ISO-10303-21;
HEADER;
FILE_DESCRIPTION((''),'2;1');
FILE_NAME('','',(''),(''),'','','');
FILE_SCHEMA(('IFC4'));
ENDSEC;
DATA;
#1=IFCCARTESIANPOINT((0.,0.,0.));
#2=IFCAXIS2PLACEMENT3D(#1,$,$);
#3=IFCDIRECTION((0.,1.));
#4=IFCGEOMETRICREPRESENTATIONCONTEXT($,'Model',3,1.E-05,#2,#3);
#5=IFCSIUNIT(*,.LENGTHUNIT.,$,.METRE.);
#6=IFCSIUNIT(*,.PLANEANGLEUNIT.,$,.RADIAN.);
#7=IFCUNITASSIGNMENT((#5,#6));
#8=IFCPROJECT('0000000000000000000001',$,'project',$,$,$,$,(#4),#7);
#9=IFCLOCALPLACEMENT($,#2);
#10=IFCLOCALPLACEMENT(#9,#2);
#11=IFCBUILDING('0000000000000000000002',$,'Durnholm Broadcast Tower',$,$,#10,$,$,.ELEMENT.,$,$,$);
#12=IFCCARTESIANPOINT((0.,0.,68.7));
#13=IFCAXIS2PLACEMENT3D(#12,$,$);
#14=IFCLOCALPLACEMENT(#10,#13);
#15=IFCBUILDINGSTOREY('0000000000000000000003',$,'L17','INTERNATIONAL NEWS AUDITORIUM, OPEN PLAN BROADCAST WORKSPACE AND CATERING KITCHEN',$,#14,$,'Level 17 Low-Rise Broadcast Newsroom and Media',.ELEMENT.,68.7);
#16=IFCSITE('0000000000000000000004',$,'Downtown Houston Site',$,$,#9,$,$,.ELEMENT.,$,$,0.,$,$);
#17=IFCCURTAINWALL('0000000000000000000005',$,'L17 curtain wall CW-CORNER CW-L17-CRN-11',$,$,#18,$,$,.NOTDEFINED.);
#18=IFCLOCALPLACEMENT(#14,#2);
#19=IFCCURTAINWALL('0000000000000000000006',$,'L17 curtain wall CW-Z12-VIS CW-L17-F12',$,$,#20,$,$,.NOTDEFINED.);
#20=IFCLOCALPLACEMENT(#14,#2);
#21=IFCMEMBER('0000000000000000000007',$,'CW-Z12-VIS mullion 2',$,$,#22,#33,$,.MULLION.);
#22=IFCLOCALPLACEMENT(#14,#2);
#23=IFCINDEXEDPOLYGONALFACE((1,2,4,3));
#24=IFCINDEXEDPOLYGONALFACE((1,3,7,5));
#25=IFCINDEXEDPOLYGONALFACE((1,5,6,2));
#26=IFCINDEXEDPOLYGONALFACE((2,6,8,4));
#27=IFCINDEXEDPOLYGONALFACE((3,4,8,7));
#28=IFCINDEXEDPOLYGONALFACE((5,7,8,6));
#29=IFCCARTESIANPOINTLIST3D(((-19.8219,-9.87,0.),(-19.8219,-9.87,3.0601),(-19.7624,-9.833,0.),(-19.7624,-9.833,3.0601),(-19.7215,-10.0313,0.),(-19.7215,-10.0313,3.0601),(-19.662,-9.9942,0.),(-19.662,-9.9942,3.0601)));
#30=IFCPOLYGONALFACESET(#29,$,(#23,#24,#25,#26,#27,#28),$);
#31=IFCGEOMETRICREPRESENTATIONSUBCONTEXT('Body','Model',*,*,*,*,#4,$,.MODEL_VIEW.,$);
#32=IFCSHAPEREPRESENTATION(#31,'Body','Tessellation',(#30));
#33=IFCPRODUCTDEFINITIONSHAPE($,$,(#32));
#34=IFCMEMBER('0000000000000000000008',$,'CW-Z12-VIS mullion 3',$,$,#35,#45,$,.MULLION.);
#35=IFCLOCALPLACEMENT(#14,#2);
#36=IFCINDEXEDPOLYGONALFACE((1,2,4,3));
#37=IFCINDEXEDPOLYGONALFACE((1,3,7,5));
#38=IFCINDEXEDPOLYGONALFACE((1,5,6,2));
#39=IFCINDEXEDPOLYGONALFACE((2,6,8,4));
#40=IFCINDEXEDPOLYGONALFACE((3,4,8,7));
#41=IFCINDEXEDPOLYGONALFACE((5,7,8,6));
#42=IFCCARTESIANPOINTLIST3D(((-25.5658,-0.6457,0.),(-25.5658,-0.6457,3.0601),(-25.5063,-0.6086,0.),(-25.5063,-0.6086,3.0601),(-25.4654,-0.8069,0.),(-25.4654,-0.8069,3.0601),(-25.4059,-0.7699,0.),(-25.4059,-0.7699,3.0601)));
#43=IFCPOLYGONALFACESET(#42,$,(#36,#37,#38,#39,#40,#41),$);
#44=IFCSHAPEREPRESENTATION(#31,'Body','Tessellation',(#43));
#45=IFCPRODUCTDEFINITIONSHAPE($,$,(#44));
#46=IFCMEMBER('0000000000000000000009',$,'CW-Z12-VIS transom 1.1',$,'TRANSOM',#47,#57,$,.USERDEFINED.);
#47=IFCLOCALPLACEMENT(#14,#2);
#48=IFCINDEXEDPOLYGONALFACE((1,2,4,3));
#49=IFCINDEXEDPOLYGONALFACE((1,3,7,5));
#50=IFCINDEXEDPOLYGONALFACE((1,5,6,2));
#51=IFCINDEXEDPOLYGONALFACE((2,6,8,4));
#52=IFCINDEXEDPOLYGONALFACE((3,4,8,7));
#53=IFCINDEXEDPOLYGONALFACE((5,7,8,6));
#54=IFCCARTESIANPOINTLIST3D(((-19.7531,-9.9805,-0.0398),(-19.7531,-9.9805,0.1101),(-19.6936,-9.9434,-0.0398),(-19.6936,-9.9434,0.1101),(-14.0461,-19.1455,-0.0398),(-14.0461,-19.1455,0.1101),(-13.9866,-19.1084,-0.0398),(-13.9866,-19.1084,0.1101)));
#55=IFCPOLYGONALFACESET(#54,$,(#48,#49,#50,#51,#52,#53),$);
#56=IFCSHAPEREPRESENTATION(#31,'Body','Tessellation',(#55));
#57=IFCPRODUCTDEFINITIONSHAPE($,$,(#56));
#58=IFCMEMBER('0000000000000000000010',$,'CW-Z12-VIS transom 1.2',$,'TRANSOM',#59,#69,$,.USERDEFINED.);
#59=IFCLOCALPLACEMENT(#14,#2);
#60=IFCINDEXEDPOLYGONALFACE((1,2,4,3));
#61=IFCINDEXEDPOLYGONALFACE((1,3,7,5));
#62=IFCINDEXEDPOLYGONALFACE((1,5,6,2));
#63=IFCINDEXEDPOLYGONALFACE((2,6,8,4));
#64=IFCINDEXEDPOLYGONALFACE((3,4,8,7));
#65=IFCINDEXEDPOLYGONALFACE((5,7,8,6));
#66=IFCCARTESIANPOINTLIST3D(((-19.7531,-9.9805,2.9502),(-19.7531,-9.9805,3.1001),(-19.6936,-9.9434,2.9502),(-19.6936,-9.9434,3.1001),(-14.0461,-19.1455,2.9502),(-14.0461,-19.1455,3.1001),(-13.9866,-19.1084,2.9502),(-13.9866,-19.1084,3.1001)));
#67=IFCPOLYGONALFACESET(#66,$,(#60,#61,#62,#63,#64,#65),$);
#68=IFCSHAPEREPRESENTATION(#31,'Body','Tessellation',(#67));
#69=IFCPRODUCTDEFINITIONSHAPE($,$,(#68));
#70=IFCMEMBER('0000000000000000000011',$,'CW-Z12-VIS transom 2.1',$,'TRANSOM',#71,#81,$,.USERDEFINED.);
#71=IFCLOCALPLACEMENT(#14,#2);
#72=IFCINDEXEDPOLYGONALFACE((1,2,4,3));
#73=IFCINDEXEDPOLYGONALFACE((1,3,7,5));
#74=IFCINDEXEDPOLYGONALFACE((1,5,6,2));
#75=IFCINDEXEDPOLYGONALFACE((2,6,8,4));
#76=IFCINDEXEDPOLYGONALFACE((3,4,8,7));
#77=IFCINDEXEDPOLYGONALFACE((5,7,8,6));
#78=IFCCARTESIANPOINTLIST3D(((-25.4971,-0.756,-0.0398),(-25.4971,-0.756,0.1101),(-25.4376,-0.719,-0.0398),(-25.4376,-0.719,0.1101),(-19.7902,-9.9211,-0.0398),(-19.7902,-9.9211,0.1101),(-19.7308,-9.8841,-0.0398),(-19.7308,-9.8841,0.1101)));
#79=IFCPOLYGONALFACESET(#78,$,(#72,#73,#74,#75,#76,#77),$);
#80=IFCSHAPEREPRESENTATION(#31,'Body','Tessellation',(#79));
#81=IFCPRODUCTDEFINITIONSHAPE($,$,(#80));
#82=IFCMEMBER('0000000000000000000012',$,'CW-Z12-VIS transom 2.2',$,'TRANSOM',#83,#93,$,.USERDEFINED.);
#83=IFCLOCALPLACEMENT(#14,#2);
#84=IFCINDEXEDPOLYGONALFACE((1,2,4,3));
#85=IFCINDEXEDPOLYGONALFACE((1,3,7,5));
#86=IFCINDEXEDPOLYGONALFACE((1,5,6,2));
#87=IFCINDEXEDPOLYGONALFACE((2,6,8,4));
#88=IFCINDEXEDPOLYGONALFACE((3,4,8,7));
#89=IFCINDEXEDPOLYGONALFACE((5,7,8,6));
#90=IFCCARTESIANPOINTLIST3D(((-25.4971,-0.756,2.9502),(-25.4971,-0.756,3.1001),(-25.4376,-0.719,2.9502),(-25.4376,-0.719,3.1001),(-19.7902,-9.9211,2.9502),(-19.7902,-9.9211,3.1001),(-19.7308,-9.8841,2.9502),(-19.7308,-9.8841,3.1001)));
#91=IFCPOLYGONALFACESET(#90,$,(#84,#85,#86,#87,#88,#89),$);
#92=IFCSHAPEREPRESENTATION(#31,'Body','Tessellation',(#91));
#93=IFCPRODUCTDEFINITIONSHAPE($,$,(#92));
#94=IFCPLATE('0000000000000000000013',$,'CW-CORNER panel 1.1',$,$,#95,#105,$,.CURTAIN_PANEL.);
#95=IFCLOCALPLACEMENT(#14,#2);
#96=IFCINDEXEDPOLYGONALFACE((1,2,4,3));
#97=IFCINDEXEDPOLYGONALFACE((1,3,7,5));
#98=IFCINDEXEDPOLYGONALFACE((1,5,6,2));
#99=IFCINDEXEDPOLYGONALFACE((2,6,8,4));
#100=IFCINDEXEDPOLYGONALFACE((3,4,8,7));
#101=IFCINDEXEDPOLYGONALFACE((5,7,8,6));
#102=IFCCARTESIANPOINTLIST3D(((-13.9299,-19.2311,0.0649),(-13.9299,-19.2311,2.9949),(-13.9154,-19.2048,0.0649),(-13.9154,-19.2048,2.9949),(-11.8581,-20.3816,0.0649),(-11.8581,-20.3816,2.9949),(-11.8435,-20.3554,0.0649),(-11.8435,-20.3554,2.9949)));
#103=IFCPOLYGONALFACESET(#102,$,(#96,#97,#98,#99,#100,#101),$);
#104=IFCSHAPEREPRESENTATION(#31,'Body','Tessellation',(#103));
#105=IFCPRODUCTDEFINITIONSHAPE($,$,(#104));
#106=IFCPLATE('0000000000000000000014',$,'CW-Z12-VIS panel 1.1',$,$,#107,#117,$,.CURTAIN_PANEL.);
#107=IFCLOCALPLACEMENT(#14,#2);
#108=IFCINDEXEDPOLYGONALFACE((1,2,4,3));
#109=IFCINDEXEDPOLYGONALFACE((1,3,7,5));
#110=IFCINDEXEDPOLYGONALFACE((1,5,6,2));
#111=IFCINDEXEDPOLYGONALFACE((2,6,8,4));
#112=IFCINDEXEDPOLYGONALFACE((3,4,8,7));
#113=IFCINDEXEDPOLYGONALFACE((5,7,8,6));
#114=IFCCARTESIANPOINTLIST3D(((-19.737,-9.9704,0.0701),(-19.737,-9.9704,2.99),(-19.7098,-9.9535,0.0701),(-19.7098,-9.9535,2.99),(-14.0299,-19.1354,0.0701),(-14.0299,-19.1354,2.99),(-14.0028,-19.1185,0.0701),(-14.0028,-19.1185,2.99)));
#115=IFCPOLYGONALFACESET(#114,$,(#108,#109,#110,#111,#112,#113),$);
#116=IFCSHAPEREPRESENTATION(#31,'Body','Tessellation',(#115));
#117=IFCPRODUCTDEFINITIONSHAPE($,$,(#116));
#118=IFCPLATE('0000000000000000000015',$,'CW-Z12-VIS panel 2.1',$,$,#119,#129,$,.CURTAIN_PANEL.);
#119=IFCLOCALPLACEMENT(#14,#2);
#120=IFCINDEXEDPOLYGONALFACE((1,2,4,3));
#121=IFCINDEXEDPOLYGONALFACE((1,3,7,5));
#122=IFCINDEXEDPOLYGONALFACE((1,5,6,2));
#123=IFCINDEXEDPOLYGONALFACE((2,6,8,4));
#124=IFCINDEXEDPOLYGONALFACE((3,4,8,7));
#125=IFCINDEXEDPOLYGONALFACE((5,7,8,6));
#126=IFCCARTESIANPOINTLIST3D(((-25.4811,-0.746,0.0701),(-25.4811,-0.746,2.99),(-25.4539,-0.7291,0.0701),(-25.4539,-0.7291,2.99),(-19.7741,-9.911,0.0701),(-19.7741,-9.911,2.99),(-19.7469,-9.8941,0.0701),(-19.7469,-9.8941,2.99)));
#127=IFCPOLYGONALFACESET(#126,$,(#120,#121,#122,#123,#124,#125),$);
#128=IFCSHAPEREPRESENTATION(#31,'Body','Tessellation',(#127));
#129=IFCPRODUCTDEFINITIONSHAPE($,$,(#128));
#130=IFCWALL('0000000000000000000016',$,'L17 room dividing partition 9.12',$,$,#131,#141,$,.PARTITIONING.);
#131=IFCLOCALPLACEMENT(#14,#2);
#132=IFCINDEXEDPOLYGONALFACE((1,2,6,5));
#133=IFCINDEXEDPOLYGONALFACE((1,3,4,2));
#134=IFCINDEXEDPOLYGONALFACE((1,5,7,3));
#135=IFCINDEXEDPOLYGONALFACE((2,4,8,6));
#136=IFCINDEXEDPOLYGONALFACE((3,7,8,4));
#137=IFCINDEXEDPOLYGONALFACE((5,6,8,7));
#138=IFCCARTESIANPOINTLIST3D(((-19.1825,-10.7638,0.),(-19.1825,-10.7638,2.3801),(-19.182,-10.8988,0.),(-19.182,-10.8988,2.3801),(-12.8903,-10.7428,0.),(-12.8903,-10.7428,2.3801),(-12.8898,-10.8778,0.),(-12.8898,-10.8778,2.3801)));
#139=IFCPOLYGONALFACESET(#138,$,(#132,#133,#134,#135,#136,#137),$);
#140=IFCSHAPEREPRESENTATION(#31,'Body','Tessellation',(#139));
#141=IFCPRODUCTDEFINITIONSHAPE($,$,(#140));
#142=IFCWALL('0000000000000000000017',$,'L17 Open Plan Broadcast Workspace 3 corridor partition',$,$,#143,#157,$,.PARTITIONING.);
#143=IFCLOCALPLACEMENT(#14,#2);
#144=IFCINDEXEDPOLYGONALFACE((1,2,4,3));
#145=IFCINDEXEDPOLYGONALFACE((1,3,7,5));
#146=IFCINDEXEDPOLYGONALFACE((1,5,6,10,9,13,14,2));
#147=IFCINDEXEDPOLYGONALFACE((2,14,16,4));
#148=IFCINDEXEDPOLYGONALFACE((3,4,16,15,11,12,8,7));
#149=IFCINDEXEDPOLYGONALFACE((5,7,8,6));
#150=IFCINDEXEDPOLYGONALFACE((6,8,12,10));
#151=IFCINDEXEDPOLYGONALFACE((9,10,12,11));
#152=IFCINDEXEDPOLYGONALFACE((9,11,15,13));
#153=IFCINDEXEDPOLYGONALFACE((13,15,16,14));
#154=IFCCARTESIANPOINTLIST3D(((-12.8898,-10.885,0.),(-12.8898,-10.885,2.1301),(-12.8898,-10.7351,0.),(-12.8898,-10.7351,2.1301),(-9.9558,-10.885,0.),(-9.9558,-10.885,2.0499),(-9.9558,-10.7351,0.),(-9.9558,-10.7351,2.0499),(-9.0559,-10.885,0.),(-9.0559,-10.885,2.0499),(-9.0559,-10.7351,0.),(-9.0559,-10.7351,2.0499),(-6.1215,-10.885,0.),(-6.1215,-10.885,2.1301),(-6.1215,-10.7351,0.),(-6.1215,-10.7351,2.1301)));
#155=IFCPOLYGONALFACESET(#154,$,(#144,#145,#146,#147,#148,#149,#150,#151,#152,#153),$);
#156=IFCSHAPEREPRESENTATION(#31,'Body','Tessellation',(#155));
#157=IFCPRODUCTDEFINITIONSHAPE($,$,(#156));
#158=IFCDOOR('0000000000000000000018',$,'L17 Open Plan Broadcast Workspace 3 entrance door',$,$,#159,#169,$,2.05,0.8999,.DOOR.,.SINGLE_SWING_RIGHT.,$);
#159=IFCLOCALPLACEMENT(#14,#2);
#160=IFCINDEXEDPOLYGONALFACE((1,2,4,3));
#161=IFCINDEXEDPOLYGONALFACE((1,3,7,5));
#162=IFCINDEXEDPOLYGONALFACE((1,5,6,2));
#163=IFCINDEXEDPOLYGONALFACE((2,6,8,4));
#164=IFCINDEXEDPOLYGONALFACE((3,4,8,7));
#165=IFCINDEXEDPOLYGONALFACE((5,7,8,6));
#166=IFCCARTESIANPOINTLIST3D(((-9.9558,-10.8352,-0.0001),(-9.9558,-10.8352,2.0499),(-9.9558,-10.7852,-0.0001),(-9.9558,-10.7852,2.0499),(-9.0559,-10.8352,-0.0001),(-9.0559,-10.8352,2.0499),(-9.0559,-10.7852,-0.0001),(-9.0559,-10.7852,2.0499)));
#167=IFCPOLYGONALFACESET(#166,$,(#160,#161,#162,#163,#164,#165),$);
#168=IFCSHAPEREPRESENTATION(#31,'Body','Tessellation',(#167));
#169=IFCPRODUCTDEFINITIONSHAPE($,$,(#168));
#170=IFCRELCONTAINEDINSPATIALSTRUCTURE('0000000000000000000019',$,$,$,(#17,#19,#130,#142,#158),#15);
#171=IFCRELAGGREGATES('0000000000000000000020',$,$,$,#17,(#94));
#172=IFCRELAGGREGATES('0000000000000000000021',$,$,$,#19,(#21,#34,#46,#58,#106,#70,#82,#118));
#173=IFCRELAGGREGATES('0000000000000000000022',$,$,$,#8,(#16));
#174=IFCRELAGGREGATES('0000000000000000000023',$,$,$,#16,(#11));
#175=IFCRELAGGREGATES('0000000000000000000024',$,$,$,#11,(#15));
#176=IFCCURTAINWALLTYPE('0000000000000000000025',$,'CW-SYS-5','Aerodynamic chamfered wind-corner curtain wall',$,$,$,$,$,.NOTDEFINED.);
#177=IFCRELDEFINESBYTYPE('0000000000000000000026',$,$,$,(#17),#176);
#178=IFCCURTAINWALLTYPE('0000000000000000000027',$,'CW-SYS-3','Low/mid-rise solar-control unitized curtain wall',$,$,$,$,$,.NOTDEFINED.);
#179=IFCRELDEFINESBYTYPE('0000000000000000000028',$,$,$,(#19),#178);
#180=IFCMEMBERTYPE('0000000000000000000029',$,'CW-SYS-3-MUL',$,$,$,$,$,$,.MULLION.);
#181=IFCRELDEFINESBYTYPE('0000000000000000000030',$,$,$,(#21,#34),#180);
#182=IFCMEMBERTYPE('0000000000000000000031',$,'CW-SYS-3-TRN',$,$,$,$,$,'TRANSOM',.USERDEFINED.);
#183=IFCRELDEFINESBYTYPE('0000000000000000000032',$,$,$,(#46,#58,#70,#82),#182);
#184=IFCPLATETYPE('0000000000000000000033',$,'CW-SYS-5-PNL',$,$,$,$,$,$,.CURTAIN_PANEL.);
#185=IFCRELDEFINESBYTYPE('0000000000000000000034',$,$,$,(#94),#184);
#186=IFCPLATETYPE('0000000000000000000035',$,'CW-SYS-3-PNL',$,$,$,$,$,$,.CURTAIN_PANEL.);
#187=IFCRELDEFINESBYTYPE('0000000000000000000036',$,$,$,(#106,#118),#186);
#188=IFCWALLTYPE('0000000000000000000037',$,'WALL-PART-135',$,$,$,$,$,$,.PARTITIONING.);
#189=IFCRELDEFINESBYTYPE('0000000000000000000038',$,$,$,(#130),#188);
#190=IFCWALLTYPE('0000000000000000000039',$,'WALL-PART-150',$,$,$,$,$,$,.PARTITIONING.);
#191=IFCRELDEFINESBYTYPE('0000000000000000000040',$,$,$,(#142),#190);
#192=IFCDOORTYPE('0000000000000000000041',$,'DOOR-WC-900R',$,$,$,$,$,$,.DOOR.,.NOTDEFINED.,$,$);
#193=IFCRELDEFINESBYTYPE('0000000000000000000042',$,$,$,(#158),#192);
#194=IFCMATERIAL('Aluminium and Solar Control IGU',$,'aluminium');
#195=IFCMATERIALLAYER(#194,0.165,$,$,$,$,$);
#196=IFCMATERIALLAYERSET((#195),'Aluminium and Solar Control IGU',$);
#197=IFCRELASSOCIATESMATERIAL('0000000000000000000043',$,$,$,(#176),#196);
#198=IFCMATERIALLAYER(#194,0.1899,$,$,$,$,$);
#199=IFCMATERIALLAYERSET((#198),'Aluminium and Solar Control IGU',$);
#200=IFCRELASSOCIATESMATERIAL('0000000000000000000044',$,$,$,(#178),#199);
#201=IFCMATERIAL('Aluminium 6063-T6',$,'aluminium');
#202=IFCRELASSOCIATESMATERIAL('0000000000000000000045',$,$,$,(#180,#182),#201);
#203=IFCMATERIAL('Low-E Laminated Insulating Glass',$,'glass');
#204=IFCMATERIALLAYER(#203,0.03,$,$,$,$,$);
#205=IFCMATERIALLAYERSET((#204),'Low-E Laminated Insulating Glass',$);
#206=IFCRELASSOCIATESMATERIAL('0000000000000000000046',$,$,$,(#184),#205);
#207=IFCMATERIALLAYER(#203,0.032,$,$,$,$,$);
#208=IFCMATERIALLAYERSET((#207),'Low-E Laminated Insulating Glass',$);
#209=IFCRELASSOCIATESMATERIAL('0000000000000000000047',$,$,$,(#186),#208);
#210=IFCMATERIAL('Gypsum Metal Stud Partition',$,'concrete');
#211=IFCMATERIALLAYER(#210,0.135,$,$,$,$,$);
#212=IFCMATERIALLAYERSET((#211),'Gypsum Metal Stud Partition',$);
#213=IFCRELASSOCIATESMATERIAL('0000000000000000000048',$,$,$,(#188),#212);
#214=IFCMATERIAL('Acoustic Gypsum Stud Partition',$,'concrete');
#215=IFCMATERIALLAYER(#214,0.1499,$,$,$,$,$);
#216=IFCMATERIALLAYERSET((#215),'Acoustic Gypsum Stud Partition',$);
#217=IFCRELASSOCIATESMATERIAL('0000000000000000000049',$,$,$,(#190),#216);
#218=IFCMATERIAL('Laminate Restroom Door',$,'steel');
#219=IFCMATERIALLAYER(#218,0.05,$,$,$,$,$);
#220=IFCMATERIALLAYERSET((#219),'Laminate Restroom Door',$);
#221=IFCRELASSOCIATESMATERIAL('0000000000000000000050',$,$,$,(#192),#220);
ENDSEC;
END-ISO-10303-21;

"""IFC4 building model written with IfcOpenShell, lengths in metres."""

from ifc_helpers import new_model, si_unit, direction, frame, frame_2d, origin, origin_2d, place, context, subcontext, project, spatial, rectangle, extrude, source, transform, mapped, material, layer, layer_set, material_profile, profile_set, type_object, type_shapes, element, fill, aggregate, save


model = new_model("IFC4")

# Units and contexts
model_context = context("Model", 3, precision=1e-05, world=origin(), true_north=direction((0.0, 1.0)))
body_context = subcontext(model_context, "Body", "Model", "MODEL_VIEW")
ifc_project = project(units=[si_unit("LENGTHUNIT", "METRE"), si_unit("PLANEANGLEUNIT", "RADIAN")], contexts=[model_context])

# Site, building, storey
site_placement = place(None, origin())
site = spatial("IfcSite", under=ifc_project, at=site_placement, Name="Downtown Houston Site", CompositionType="ELEMENT", RefElevation=0.0)
building_placement = place(site_placement, origin())
building = spatial("IfcBuilding", under=site, at=building_placement, Name="Durnholm Broadcast Tower", CompositionType="ELEMENT")
storey_placement = place(building_placement, frame((0.0, 0.0, 68.7)))
storey = spatial("IfcBuildingStorey", under=building, at=storey_placement, Name="L17", Description="INTERNATIONAL NEWS AUDITORIUM, OPEN PLAN BROADCAST WORKSPACE AND CATERING KITCHEN", LongName="Level 17 Low-Rise Broadcast Newsroom and Media", CompositionType="ELEMENT", Elevation=68.7)

# Shared definitions
ifc_material_1 = material(Name="Aluminium and Solar Control IGU", Category="aluminium")
ifc_layer_1 = layer(ifc_material_1, 0.165)
ifc_layer_set_1 = layer_set([ifc_layer_1], Name="Aluminium and Solar Control IGU")
curtain_wall_type_1 = type_object("IfcCurtainWallType", Name="CW-SYS-5", Description="Aerodynamic chamfered wind-corner curtain wall", PredefinedType="NOTDEFINED", material=ifc_layer_set_1)
ifc_material_2 = material(Name="Aluminium 6063-T6", Category="aluminium")

# Curtain wall
curtain_wall_1_placement = place(storey_placement, origin())
curtain_wall_1 = element("IfcCurtainWall", 1, at=curtain_wall_1_placement, inside=storey, type_object=curtain_wall_type_1, Name="L17 curtain wall CW-CORNER CW-L17-CRN-11", PredefinedType="NOTDEFINED")

# Shared definitions
ifc_layer_2 = layer(ifc_material_1, 0.1899)
ifc_layer_set_2 = layer_set([ifc_layer_2], Name="Aluminium and Solar Control IGU")
curtain_wall_type_2 = type_object("IfcCurtainWallType", Name="CW-SYS-3", Description="Low/mid-rise solar-control unitized curtain wall", PredefinedType="NOTDEFINED", material=ifc_layer_set_2)
ifc_material_profile_1 = material_profile(ifc_material_2, rectangle(XDim=0.0701, YDim=0.1899, at=origin_2d()), Name="CWM70X190")
ifc_profile_set_1 = profile_set([ifc_material_profile_1], Name="Aluminium 6063-T6")
member_type_1 = type_object("IfcMemberType", Name="CW-SYS-3-MUL", PredefinedType="MULLION", material=ifc_profile_set_1)
shared_shape_1 = source(origin(), body_context, "Body", "SweptSolid", [
    extrude(rectangle(XDim=0.0701, YDim=0.1899, at=origin_2d()), origin(), (0.0, 0.0, 1.0), 3.0601),
])
type_shapes(member_type_1, [shared_shape_1])

# Curtain wall, members
curtain_wall_2_placement = place(storey_placement, origin())
curtain_wall_2 = element("IfcCurtainWall", 2, at=curtain_wall_2_placement, inside=storey, type_object=curtain_wall_type_2, Name="L17 curtain wall CW-Z12-VIS CW-L17-F12", PredefinedType="NOTDEFINED")
member_1_placement = place(storey_placement, frame((-19.7419, -9.9321, 0.0), z_axis=(0.0, 0.0, 1.0), x_axis=(-0.848876, -0.528592, 0.0)))
member_1 = element("IfcMember", 3, at=member_1_placement, type_object=member_type_1, Name="CW-Z12-VIS mullion 2", PredefinedType="MULLION", context=body_context, shape_type="MappedRepresentation", body=[
    mapped(shared_shape_1, transform((0.0, 0.0, 0.0), x_axis=(1.0, 0.0, 0.0), y_axis=(0.0, 1.0, 0.0), z_axis=(0.0, 0.0, 1.0), scale=1.0)),
])
member_2_placement = place(storey_placement, frame((-25.4858, -0.7078, 0.0), z_axis=(0.0, 0.0, 1.0), x_axis=(-0.848876, -0.528592, 0.0)))
member_2 = element("IfcMember", 4, at=member_2_placement, type_object=member_type_1, Name="CW-Z12-VIS mullion 3", PredefinedType="MULLION", context=body_context, shape_type="MappedRepresentation", body=[
    mapped(shared_shape_1, transform((0.0, 0.0, 0.0), x_axis=(1.0, 0.0, 0.0), y_axis=(0.0, 1.0, 0.0), z_axis=(0.0, 0.0, 1.0), scale=1.0)),
])
ifc_material_profile_2 = material_profile(ifc_material_2, rectangle(XDim=0.0701, YDim=0.1499, at=origin_2d()), Name="CWT70X150")
ifc_profile_set_2 = profile_set([ifc_material_profile_2], Name="Aluminium 6063-T6")
member_type_2 = type_object("IfcMemberType", Name="CW-SYS-3-TRN", ElementType="TRANSOM", PredefinedType="USERDEFINED", material=ifc_profile_set_2)
shared_shape_2 = source(origin(), body_context, "Body", "SweptSolid", [
    extrude(rectangle(XDim=0.0701, YDim=0.1499, at=origin_2d()), origin(), (0.0, 0.0, 1.0), 10.7966),
])
type_shapes(member_type_2, [shared_shape_2])
member_3_placement = place(storey_placement, frame((-14.0164, -19.127, 0.0352), z_axis=(-0.528592, 0.848876, 0.0), x_axis=(-0.848876, -0.528592, 0.0)))
member_3 = element("IfcMember", 5, at=member_3_placement, type_object=member_type_2, Name="CW-Z12-VIS transom 1.1", ObjectType="TRANSOM", PredefinedType="USERDEFINED", context=body_context, shape_type="MappedRepresentation", body=[
    mapped(shared_shape_2, transform((0.0, 0.0, 0.0), x_axis=(1.0, 0.0, 0.0), y_axis=(0.0, 1.0, 0.0), z_axis=(0.0, 0.0, 1.0), scale=1.0)),
])
member_4_placement = place(storey_placement, frame((-14.0164, -19.127, 3.0251), z_axis=(-0.528592, 0.848876, 0.0), x_axis=(-0.848876, -0.528592, 0.0)))
member_4 = element("IfcMember", 6, at=member_4_placement, type_object=member_type_2, Name="CW-Z12-VIS transom 1.2", ObjectType="TRANSOM", PredefinedType="USERDEFINED", context=body_context, shape_type="MappedRepresentation", body=[
    mapped(shared_shape_2, transform((0.0, 0.0, 0.0), x_axis=(1.0, 0.0, 0.0), y_axis=(0.0, 1.0, 0.0), z_axis=(0.0, 0.0, 1.0), scale=1.0)),
])
member_5_placement = place(storey_placement, frame((-19.7605, -9.9026, 0.0352), z_axis=(-0.528575, 0.848886, 0.0), x_axis=(-0.848886, -0.528575, 0.0)))
member_5 = element("IfcMember", 7, at=member_5_placement, type_object=member_type_2, Name="CW-Z12-VIS transom 2.1", ObjectType="TRANSOM", PredefinedType="USERDEFINED", context=body_context, shape_type="MappedRepresentation", body=[
    mapped(shared_shape_2, transform((0.0, 0.0, 0.0), x_axis=(1.0, 0.0, 0.0), y_axis=(0.0, 1.0, 0.0), z_axis=(0.0, 0.0, 1.0), scale=1.0)),
])
member_6_placement = place(storey_placement, frame((-19.7605, -9.9026, 3.0251), z_axis=(-0.528575, 0.848886, 0.0), x_axis=(-0.848886, -0.528575, 0.0)))
member_6 = element("IfcMember", 8, at=member_6_placement, type_object=member_type_2, Name="CW-Z12-VIS transom 2.2", ObjectType="TRANSOM", PredefinedType="USERDEFINED", context=body_context, shape_type="MappedRepresentation", body=[
    mapped(shared_shape_2, transform((0.0, 0.0, 0.0), x_axis=(1.0, 0.0, 0.0), y_axis=(0.0, 1.0, 0.0), z_axis=(0.0, 0.0, 1.0), scale=1.0)),
])

# Plates
ifc_material_3 = material(Name="Low-E Laminated Insulating Glass", Category="glass")
ifc_layer_3 = layer(ifc_material_3, 0.03)
ifc_layer_set_3 = layer_set([ifc_layer_3], Name="Low-E Laminated Insulating Glass")
plate_type_1 = type_object("IfcPlateType", Name="CW-SYS-5-PNL", PredefinedType="CURTAIN_PANEL", material=ifc_layer_set_3)
shared_shape_3 = source(origin(), body_context, "Body", "SweptSolid", [
    extrude(rectangle(XDim=2.3699, YDim=0.03, at=origin_2d()), origin(), (0.0, 0.0, 1.0), 2.9299),
])
type_shapes(plate_type_1, [shared_shape_3])
plate_1_placement = place(storey_placement, frame((-12.8867, -19.7932, 0.0649), z_axis=(0.0, 0.0, 1.0), x_axis=(-0.874246, 0.485483, 0.0)))
plate_1 = element("IfcPlate", 9, at=plate_1_placement, type_object=plate_type_1, Name="CW-CORNER panel 1.1", PredefinedType="CURTAIN_PANEL", context=body_context, shape_type="MappedRepresentation", body=[
    mapped(shared_shape_3, transform((0.0, 0.0, 0.0), x_axis=(1.0, 0.0, 0.0), y_axis=(0.0, 1.0, 0.0), z_axis=(0.0, 0.0, 1.0), scale=1.0)),
])
aggregate(curtain_wall_1, [plate_1])
ifc_layer_4 = layer(ifc_material_3, 0.032)
ifc_layer_set_4 = layer_set([ifc_layer_4], Name="Low-E Laminated Insulating Glass")
plate_type_2 = type_object("IfcPlateType", Name="CW-SYS-3-PNL", PredefinedType="CURTAIN_PANEL", material=ifc_layer_set_4)
shared_shape_4 = source(origin(), body_context, "Body", "SweptSolid", [
    extrude(rectangle(XDim=10.7966, YDim=0.032, at=origin_2d()), origin(), (0.0, 0.0, 1.0), 2.9199),
])
type_shapes(plate_type_2, [shared_shape_4])
plate_2_placement = place(storey_placement, frame((-16.8699, -14.5444, 0.0701), z_axis=(0.0, 0.0, 1.0), x_axis=(-0.528592, 0.848876, 0.0)))
plate_2 = element("IfcPlate", 10, at=plate_2_placement, type_object=plate_type_2, Name="CW-Z12-VIS panel 1.1", PredefinedType="CURTAIN_PANEL", context=body_context, shape_type="MappedRepresentation", body=[
    mapped(shared_shape_4, transform((0.0, 0.0, 0.0), x_axis=(1.0, 0.0, 0.0), y_axis=(0.0, 1.0, 0.0), z_axis=(0.0, 0.0, 1.0), scale=1.0)),
])
plate_3_placement = place(storey_placement, frame((-22.614, -5.3201, 0.0701), z_axis=(0.0, 0.0, 1.0), x_axis=(-0.528592, 0.848876, 0.0)))
plate_3 = element("IfcPlate", 11, at=plate_3_placement, type_object=plate_type_2, Name="CW-Z12-VIS panel 2.1", PredefinedType="CURTAIN_PANEL", context=body_context, shape_type="MappedRepresentation", body=[
    mapped(shared_shape_4, transform((0.0, 0.0, 0.0), x_axis=(1.0, 0.0, 0.0), y_axis=(0.0, 1.0, 0.0), z_axis=(0.0, 0.0, 1.0), scale=1.0)),
])
aggregate(curtain_wall_2, [member_1, member_2, member_3, member_4, plate_2, member_5, member_6, plate_3])

# Wall
ifc_material_4 = material(Name="Gypsum Metal Stud Partition", Category="concrete")
ifc_layer_5 = layer(ifc_material_4, 0.135)
ifc_layer_set_5 = layer_set([ifc_layer_5], Name="Gypsum Metal Stud Partition")
wall_type_1 = type_object("IfcWallType", Name="WALL-PART-135", PredefinedType="PARTITIONING", material=ifc_layer_set_5)
wall_1_placement = place(storey_placement, frame((-19.1821, -10.8313, 0.0), z_axis=(0.0, 0.0, 1.0), x_axis=(0.999994, 0.003337, 0.0)))
element("IfcWall", 12, at=wall_1_placement, inside=storey, type_object=wall_type_1, Name="L17 room dividing partition 9.12", PredefinedType="PARTITIONING", context=body_context, shape_type="SweptSolid", body=[
    extrude(rectangle(XDim=6.2922, YDim=0.135, at=frame_2d((3.146, 0.0))), origin(), (0.0, 0.0, 1.0), 2.3801),
])

# Wall, opening, door
ifc_material_5 = material(Name="Acoustic Gypsum Stud Partition", Category="concrete")
ifc_layer_6 = layer(ifc_material_5, 0.1499)
ifc_layer_set_6 = layer_set([ifc_layer_6], Name="Acoustic Gypsum Stud Partition")
wall_type_2 = type_object("IfcWallType", Name="WALL-PART-150", PredefinedType="PARTITIONING", material=ifc_layer_set_6)
wall_2_placement = place(storey_placement, frame((-12.8899, -10.8101, 0.0), z_axis=(0.0, 0.0, 1.0), x_axis=(1.0, 0.0, 0.0)))
wall_2 = element("IfcWall", 13, at=wall_2_placement, inside=storey, type_object=wall_type_2, Name="L17 Open Plan Broadcast Workspace 3 corridor partition", PredefinedType="PARTITIONING", context=body_context, shape_type="SweptSolid", body=[
    extrude(rectangle(XDim=6.7683, YDim=0.1499, at=frame_2d((3.3843, 0.0))), origin(), (0.0, 0.0, 1.0), 2.1301),
])
opening_placement = place(wall_2_placement, frame((2.9341, 0.0, 0.0)))
opening = element("IfcOpeningElement", 14, at=opening_placement, cuts=wall_2, PredefinedType="OPENING", context=body_context, shape_type="SweptSolid", body=[
    extrude(rectangle(XDim=0.8999, YDim=2.05, at=frame_2d((0.45, 1.0249))), frame((0.0, 0.085, 0.0), z_axis=(0.0, -1.0, 0.0), x_axis=(1.0, 0.0, 0.0)), (0.0, 0.0, 1.0), 0.1699),
])
ifc_material_6 = material(Name="Laminate Restroom Door", Category="steel")
ifc_layer_7 = layer(ifc_material_6, 0.05)
ifc_layer_set_7 = layer_set([ifc_layer_7], Name="Laminate Restroom Door")
door_type = type_object("IfcDoorType", Name="DOOR-WC-900R", OperationType="NOTDEFINED", PredefinedType="DOOR", material=ifc_layer_set_7)
shared_shape_5 = source(origin(), body_context, "Body", "SweptSolid", [
    extrude(rectangle(XDim=0.8999, YDim=2.05, at=frame_2d((0.45, 1.0249))), frame((0.0, 0.0249, 0.0), z_axis=(0.0, -1.0, 0.0), x_axis=(1.0, 0.0, 0.0)), (0.0, 0.0, 1.0), 0.05),
])
type_shapes(door_type, [shared_shape_5])
door_placement = place(opening_placement, origin())
door = element("IfcDoor", 15, at=door_placement, inside=storey, type_object=door_type, Name="L17 Open Plan Broadcast Workspace 3 entrance door", OperationType="SINGLE_SWING_RIGHT", OverallHeight=2.05, OverallWidth=0.8999, PredefinedType="DOOR", context=body_context, shape_type="MappedRepresentation", body=[
    mapped(shared_shape_5, transform((0.0, 0.0, 0.0), x_axis=(1.0, 0.0, 0.0), y_axis=(0.0, 1.0, 0.0), z_axis=(0.0, 0.0, 1.0), scale=1.0)),
])
fill(opening, door)

save(model, "model.ifc")
